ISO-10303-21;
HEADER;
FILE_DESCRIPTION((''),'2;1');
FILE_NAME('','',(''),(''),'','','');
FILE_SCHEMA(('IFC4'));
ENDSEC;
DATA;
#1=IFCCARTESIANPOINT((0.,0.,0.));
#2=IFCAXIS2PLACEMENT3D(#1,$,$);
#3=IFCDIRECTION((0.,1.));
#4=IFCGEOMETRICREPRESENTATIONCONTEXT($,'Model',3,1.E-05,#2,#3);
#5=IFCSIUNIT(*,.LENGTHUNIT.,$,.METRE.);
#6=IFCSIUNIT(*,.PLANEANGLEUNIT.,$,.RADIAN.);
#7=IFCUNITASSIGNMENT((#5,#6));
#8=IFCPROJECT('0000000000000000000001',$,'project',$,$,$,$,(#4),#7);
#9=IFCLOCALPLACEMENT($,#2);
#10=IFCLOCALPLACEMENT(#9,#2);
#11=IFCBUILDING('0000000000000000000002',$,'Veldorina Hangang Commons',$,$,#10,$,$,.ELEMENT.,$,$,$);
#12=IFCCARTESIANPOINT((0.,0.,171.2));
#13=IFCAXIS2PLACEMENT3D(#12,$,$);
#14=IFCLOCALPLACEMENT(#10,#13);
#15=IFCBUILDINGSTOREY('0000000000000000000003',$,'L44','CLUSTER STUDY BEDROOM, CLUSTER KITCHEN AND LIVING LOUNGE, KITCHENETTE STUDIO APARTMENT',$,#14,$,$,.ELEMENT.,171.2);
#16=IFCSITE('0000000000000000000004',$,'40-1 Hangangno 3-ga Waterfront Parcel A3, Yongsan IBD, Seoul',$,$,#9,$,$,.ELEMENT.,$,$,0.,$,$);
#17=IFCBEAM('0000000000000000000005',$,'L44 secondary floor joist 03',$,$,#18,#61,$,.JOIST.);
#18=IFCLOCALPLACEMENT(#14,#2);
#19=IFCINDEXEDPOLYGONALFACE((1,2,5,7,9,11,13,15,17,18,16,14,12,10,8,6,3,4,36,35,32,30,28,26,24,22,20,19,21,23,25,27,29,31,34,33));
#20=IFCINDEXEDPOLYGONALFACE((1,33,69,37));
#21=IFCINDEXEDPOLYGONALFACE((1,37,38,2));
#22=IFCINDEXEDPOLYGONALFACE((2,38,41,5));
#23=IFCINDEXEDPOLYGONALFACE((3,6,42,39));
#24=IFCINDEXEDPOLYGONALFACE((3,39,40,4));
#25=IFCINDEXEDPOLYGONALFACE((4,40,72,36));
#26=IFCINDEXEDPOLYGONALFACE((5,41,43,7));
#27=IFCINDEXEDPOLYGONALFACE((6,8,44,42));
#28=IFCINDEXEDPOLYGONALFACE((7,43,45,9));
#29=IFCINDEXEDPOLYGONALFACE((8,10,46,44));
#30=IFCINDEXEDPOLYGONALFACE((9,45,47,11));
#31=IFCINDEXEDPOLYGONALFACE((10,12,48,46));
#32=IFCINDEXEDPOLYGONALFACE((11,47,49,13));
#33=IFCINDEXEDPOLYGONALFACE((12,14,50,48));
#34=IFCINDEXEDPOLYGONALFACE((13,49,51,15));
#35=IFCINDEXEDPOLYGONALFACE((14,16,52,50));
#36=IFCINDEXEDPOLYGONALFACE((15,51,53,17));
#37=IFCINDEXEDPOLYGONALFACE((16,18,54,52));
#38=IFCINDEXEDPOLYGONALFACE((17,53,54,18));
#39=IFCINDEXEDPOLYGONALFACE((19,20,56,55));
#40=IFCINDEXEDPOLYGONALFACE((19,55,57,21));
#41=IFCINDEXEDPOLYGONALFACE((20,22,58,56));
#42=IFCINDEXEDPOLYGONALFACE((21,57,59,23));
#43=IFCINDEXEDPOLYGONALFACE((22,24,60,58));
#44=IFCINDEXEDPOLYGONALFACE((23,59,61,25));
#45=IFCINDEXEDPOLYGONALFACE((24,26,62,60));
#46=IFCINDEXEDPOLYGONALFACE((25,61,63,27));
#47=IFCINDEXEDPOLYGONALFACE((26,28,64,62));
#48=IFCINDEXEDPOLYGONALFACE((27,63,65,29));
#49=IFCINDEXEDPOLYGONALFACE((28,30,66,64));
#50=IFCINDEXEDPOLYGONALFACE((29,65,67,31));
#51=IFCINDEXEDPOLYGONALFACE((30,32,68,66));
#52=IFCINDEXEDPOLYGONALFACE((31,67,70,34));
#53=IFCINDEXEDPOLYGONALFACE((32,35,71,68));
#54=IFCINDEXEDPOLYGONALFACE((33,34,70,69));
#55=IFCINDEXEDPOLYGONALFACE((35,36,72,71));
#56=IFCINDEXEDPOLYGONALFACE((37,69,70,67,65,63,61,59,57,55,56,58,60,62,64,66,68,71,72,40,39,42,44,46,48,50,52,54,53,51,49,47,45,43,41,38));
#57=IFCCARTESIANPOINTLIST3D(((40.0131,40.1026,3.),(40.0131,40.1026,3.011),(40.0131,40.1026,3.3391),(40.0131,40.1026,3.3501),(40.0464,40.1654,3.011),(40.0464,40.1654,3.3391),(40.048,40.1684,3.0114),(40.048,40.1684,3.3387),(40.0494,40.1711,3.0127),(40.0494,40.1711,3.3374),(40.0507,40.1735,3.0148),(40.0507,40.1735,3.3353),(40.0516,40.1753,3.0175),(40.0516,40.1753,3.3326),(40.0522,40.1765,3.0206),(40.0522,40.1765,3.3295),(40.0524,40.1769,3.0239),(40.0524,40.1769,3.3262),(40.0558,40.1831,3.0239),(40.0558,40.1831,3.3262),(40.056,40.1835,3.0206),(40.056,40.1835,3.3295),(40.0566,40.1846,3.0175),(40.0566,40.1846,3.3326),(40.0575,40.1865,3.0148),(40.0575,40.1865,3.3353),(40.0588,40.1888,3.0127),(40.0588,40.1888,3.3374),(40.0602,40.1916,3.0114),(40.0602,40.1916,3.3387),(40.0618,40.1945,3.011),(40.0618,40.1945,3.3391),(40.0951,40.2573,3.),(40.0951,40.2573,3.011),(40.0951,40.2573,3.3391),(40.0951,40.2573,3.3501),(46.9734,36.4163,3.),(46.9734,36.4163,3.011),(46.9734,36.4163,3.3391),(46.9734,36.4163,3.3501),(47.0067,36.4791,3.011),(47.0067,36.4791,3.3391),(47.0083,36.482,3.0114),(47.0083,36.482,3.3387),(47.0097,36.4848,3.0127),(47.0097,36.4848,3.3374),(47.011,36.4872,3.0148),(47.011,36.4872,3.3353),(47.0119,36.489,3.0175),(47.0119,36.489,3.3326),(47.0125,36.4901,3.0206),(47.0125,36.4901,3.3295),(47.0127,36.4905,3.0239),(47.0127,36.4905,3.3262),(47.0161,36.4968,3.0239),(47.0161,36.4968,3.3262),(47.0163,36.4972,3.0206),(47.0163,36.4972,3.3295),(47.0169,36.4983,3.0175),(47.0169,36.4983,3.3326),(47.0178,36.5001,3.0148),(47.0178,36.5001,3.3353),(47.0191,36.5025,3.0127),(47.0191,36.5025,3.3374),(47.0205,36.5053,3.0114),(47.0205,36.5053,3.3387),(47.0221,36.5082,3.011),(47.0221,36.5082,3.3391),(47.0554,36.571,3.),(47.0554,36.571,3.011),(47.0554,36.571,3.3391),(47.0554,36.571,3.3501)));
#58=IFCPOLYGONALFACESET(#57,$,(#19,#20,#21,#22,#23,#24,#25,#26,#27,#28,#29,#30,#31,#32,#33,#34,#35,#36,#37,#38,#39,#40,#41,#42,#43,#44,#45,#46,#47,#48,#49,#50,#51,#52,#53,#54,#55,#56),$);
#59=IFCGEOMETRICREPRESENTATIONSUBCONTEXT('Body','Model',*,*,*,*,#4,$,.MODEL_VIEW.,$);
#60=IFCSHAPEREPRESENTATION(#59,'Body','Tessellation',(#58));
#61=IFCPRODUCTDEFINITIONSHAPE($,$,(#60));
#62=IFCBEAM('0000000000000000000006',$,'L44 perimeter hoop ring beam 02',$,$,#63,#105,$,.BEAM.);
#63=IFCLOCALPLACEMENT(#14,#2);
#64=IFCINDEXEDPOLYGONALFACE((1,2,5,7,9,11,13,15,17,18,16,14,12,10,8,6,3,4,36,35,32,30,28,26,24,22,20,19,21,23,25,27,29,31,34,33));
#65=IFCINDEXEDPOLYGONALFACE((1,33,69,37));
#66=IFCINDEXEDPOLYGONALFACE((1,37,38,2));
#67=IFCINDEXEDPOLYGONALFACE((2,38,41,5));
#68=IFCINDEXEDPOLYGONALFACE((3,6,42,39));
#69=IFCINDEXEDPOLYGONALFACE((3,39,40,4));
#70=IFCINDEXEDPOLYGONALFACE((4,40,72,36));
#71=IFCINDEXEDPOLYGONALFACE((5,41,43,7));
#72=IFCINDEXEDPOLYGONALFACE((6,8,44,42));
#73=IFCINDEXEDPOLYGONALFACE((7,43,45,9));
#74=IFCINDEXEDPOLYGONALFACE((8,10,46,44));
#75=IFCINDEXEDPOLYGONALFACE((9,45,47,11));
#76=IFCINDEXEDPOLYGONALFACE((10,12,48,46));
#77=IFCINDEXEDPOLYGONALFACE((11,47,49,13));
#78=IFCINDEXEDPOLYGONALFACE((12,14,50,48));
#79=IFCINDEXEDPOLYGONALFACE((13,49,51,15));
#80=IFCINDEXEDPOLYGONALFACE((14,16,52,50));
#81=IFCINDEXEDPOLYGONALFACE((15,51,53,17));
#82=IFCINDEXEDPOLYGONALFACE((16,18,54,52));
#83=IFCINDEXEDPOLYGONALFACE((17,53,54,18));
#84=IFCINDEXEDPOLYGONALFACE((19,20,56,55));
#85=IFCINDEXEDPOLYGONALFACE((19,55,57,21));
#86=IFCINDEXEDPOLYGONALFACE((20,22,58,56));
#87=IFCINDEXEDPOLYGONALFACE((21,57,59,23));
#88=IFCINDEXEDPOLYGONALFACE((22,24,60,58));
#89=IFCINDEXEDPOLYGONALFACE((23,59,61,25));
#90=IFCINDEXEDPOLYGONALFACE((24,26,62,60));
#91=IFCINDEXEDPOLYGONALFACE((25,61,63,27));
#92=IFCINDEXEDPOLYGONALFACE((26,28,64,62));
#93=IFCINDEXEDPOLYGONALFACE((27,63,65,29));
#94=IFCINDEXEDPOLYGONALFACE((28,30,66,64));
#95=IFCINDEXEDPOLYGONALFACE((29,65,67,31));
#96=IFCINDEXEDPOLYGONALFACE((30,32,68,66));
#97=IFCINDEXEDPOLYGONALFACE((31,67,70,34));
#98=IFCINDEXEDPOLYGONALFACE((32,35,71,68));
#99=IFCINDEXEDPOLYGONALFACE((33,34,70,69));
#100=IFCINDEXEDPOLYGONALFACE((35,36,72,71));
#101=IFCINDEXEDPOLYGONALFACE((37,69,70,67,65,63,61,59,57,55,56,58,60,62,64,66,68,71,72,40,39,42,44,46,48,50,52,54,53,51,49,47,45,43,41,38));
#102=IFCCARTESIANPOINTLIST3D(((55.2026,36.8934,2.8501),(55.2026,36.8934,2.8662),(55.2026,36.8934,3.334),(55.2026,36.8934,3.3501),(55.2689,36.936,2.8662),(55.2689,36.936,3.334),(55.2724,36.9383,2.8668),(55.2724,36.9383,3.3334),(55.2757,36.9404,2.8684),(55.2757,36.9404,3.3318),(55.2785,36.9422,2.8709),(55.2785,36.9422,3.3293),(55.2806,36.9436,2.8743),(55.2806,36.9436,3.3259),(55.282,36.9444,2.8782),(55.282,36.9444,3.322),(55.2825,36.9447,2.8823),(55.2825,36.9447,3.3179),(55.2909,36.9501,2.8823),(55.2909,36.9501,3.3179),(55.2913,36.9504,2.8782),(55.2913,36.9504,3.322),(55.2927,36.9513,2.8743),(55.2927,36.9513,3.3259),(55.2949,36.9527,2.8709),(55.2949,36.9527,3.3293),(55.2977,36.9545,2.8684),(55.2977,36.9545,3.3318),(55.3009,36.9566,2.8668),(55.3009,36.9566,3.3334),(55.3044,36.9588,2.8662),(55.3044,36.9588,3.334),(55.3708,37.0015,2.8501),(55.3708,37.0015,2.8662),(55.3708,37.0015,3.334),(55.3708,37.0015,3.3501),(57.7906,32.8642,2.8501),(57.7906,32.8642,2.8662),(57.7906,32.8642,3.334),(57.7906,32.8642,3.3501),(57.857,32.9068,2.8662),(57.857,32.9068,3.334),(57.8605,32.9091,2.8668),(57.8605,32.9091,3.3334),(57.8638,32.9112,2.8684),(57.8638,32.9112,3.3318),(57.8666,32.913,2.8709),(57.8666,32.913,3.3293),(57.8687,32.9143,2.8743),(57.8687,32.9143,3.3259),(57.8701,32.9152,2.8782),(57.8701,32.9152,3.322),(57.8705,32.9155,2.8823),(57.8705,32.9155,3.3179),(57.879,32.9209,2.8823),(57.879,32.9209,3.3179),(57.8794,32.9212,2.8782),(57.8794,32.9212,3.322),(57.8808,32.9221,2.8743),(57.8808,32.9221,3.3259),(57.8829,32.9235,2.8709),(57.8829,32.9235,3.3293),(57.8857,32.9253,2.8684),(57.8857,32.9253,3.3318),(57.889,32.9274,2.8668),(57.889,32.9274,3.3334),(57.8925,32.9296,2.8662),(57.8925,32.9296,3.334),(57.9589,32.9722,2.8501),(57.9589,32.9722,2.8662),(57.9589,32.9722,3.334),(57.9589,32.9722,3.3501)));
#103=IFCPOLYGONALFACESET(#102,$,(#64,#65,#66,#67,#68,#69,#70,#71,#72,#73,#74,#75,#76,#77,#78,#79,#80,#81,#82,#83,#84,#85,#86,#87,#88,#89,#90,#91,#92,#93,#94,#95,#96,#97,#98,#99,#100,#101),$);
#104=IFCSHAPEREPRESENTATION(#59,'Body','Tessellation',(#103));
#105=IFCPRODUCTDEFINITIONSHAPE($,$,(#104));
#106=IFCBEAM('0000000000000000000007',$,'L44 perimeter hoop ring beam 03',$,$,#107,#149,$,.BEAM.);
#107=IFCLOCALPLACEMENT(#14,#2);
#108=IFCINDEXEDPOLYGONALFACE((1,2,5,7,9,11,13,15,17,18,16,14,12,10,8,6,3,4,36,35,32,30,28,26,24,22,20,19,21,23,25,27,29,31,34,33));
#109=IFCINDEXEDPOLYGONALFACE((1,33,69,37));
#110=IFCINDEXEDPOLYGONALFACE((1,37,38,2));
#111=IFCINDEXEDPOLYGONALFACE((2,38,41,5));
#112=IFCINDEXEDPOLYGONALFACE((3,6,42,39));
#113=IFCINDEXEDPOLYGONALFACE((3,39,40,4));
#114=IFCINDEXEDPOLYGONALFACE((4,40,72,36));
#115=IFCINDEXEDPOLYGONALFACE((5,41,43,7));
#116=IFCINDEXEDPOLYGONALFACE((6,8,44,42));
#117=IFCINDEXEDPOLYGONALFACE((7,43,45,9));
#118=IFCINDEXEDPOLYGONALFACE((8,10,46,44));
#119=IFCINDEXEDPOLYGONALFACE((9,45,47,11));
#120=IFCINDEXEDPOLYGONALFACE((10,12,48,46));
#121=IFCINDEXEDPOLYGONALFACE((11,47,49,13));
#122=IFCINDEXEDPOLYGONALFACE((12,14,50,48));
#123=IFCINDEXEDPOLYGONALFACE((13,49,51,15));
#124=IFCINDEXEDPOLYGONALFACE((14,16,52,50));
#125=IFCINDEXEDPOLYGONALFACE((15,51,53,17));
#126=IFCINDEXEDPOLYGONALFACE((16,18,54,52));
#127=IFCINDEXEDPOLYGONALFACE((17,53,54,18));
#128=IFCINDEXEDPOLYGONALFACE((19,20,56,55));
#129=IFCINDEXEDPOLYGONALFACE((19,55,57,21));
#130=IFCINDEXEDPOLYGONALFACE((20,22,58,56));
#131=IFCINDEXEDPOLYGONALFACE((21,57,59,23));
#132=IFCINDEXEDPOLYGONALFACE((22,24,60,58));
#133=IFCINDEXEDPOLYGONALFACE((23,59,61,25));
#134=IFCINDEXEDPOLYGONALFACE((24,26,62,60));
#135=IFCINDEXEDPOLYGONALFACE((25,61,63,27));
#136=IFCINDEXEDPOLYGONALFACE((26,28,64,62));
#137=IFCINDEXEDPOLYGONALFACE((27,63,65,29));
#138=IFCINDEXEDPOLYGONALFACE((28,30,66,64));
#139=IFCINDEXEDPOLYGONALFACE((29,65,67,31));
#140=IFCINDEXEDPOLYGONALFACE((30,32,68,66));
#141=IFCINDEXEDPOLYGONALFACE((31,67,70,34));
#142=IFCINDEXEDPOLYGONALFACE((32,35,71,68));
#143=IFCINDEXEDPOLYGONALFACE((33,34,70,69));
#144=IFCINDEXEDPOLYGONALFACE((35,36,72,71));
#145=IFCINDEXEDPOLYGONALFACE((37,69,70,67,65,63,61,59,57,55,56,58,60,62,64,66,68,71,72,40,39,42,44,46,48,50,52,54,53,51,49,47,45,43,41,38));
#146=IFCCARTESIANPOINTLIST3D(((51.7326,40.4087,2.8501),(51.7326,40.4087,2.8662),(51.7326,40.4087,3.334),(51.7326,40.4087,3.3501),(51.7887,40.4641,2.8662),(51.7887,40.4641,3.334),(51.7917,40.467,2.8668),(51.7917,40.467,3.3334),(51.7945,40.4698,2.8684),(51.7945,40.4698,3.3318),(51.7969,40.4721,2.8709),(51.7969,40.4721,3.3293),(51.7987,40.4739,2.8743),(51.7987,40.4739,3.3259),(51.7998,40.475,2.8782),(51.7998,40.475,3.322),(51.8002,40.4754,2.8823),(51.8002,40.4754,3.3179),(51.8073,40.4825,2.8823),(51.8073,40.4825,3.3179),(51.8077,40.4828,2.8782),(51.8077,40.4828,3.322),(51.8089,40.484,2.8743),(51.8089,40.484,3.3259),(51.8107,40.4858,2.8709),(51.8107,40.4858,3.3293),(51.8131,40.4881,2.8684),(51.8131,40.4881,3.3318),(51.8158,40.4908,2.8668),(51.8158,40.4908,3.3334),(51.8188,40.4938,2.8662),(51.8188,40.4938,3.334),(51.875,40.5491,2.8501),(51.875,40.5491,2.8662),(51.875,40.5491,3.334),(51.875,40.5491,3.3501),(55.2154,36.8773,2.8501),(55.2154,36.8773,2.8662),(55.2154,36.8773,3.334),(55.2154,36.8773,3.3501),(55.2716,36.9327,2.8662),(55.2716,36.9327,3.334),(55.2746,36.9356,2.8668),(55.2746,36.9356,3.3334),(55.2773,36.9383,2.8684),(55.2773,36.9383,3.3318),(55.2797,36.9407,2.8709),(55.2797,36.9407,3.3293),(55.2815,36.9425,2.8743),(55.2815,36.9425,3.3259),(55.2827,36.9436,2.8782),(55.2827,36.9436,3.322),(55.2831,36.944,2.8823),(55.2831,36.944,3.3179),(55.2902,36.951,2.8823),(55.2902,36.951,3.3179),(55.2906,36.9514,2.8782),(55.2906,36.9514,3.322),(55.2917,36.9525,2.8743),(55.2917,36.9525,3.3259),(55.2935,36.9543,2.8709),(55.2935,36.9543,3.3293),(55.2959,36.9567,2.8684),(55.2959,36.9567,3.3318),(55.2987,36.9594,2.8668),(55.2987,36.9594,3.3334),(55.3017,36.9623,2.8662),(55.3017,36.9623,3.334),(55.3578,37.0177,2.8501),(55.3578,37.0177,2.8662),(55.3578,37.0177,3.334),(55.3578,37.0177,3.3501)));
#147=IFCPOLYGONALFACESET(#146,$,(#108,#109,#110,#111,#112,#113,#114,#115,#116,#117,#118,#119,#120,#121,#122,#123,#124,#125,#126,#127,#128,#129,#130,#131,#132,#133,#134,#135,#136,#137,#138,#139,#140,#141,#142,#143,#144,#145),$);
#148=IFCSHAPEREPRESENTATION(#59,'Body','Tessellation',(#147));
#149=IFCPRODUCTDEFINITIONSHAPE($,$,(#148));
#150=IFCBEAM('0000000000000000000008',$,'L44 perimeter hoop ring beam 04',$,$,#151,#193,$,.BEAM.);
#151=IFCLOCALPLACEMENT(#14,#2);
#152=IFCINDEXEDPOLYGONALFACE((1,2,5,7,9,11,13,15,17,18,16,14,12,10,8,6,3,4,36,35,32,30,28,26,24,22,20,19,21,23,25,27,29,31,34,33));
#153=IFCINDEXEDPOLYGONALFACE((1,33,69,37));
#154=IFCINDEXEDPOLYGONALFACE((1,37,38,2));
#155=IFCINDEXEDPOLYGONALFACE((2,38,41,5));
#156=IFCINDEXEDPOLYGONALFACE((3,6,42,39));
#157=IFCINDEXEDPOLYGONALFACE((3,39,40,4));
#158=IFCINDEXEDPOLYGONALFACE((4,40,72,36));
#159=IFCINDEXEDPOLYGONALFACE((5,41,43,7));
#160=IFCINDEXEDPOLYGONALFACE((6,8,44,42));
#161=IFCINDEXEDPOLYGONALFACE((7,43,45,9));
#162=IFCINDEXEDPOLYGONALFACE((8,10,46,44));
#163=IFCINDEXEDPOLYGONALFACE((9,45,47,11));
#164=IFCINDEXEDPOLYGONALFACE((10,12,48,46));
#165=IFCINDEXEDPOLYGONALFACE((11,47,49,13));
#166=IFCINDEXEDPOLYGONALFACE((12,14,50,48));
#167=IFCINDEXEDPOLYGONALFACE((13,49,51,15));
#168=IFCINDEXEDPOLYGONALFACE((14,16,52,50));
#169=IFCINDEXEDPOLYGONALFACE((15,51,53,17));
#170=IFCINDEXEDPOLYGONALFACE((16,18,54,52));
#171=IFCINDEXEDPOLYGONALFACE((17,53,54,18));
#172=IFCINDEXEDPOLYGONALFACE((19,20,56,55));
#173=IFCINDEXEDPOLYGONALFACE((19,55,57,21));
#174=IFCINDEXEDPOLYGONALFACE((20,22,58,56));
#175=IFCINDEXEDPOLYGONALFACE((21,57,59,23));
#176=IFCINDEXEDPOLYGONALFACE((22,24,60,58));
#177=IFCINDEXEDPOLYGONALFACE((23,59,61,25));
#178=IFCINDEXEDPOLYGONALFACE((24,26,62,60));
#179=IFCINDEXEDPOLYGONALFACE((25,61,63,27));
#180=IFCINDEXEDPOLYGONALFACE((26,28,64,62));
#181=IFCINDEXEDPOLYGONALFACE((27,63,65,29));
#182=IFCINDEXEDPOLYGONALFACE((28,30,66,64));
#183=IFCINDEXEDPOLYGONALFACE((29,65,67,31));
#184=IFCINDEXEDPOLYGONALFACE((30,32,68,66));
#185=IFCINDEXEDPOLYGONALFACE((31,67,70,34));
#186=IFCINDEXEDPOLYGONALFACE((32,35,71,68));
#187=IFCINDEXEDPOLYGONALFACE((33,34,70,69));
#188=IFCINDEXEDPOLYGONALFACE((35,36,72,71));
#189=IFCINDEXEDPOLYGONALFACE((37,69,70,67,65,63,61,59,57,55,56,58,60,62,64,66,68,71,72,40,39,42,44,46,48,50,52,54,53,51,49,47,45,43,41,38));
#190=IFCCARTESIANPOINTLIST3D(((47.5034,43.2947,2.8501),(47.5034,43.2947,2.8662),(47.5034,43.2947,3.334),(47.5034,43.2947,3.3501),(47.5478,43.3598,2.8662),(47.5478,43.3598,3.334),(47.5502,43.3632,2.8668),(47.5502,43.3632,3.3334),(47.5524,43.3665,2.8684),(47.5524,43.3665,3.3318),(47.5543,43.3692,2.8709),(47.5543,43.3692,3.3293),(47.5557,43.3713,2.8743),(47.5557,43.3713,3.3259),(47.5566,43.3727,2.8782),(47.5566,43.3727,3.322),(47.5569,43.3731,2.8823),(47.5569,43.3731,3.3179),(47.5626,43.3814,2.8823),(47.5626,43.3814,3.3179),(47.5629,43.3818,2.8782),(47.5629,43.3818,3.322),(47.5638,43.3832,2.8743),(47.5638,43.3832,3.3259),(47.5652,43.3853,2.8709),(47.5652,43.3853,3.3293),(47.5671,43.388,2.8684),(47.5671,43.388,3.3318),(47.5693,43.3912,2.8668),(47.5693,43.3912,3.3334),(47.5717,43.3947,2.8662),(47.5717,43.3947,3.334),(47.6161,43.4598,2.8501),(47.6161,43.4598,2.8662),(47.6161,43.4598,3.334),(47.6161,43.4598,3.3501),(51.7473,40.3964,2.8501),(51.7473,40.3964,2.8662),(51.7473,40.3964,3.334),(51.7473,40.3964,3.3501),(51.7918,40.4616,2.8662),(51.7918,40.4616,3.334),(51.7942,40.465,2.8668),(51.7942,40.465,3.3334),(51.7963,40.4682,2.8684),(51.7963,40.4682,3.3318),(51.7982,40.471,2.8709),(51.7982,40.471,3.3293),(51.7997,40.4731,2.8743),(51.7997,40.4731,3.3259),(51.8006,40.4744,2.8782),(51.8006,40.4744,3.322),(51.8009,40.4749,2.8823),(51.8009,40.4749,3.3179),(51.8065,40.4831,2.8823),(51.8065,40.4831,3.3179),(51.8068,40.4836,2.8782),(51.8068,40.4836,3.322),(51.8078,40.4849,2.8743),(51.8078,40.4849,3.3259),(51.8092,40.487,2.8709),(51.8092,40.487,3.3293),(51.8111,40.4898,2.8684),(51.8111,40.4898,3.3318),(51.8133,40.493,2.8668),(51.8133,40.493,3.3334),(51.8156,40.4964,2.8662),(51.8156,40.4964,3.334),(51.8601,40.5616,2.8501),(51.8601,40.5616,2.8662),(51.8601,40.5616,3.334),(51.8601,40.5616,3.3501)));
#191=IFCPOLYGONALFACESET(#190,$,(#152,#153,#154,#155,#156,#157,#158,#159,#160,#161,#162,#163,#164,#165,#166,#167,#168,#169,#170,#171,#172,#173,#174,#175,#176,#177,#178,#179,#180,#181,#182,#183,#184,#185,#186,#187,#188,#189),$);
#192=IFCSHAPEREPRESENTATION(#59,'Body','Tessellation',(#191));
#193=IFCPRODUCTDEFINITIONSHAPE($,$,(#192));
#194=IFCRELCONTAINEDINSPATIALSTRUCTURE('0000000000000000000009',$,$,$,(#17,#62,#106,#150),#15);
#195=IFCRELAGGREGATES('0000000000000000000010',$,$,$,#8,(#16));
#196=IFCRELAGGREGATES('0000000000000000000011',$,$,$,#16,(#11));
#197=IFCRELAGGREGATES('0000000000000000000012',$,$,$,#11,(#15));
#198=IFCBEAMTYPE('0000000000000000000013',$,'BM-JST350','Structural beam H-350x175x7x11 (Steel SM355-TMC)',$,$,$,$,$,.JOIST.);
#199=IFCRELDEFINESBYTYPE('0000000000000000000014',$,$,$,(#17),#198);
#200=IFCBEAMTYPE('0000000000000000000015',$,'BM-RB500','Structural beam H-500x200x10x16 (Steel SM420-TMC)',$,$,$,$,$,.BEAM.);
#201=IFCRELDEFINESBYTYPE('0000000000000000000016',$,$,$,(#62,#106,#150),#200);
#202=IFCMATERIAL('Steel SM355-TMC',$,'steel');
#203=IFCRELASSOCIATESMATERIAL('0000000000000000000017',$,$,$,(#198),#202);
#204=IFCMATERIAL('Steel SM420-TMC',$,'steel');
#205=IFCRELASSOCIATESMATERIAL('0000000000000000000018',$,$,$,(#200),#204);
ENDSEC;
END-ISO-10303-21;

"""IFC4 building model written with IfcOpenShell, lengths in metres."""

from ifc_helpers import new_model, si_unit, direction, frame, origin, origin_2d, place, context, subcontext, project, spatial, i_section, extrude, material, material_profile, profile_set, type_object, element, save


model = new_model("IFC4")

# Units and contexts
model_context = context("Model", 3, precision=1e-05, world=origin(), true_north=direction((0.0, 1.0)))
body_context = subcontext(model_context, "Body", "Model", "MODEL_VIEW")
ifc_project = project(units=[si_unit("LENGTHUNIT", "METRE"), si_unit("PLANEANGLEUNIT", "RADIAN")], contexts=[model_context])

# Site, building, storey
site_placement = place(None, origin())
site = spatial("IfcSite", under=ifc_project, at=site_placement, Name="40-1 Hangangno 3-ga Waterfront Parcel A3, Yongsan IBD, Seoul", CompositionType="ELEMENT", RefElevation=0.0)
building_placement = place(site_placement, origin())
building = spatial("IfcBuilding", under=site, at=building_placement, Name="Veldorina Hangang Commons", CompositionType="ELEMENT")
storey_placement = place(building_placement, frame((0.0, 0.0, 171.2)))
storey = spatial("IfcBuildingStorey", under=building, at=storey_placement, Name="L44", Description="CLUSTER STUDY BEDROOM, CLUSTER KITCHEN AND LIVING LOUNGE, KITCHENETTE STUDIO APARTMENT", CompositionType="ELEMENT", Elevation=171.2)

# Beams
ifc_material_1 = material(Name="Steel SM355-TMC", Category="steel")
ifc_material_profile_1 = material_profile(ifc_material_1, i_section(OverallWidth=0.175, OverallDepth=0.3501, WebThickness=0.0071, FlangeThickness=0.011, FilletRadius=0.0129, at=origin_2d()), Name="H-350x175x7x11")
ifc_profile_set_1 = profile_set([ifc_material_profile_1], Name="Steel SM355-TMC")
beam_type_1 = type_object("IfcBeamType", Name="BM-JST350", Description="Structural beam H-350x175x7x11 (Steel SM355-TMC)", PredefinedType="JOIST", material=ifc_profile_set_1)
beam_1_placement = place(storey_placement, frame((47.0144, 36.4937, 3.175), z_axis=(-0.883711, 0.468033, 0.0), x_axis=(-0.468033, -0.883711, 0.0)))
element("IfcBeam", 1, at=beam_1_placement, inside=storey, type_object=beam_type_1, Name="L44 secondary floor joist 03", PredefinedType="JOIST", context=body_context, shape_type="SweptSolid", body=[
    extrude(i_section(OverallWidth=0.175, OverallDepth=0.3501, WebThickness=0.0071, FlangeThickness=0.011, FilletRadius=0.0129, at=origin_2d()), origin(), (0.0, 0.0, 1.0), 7.8762),
])
ifc_material_2 = material(Name="Steel SM420-TMC", Category="steel")
ifc_material_profile_2 = material_profile(ifc_material_2, i_section(OverallWidth=0.2, OverallDepth=0.5, WebThickness=0.01, FlangeThickness=0.0161, FilletRadius=0.0161, at=origin_2d()), Name="H-500x200x10x16")
ifc_profile_set_2 = profile_set([ifc_material_profile_2], Name="Steel SM420-TMC")
beam_type_2 = type_object("IfcBeamType", Name="BM-RB500", Description="Structural beam H-500x200x10x16 (Steel SM420-TMC)", PredefinedType="BEAM", material=ifc_profile_set_2)
beam_2_placement = place(storey_placement, frame((57.8748, 32.9182, 3.1001), z_axis=(-0.540443, 0.84138, 0.0), x_axis=(-0.84138, -0.540443, 0.0)))
element("IfcBeam", 2, at=beam_2_placement, inside=storey, type_object=beam_type_2, Name="L44 perimeter hoop ring beam 02", PredefinedType="BEAM", context=body_context, shape_type="SweptSolid", body=[
    extrude(i_section(OverallWidth=0.2, OverallDepth=0.5, WebThickness=0.01, FlangeThickness=0.0161, FilletRadius=0.0161, at=origin_2d()), origin(), (0.0, 0.0, 1.0), 4.7888),
])
beam_3_placement = place(storey_placement, frame((55.2866, 36.9475, 3.1001), z_axis=(-0.702192, 0.711987, 0.0), x_axis=(-0.711987, -0.702192, 0.0)))
element("IfcBeam", 3, at=beam_3_placement, inside=storey, type_object=beam_type_2, Name="L44 perimeter hoop ring beam 03", PredefinedType="BEAM", context=body_context, shape_type="SweptSolid", body=[
    extrude(i_section(OverallWidth=0.2, OverallDepth=0.5, WebThickness=0.01, FlangeThickness=0.0161, FilletRadius=0.0161, at=origin_2d()), origin(), (0.0, 0.0, 1.0), 4.96),
])
beam_4_placement = place(storey_placement, frame((51.8037, 40.479, 3.1001), z_axis=(-0.825808, 0.563951, 0.0), x_axis=(-0.563951, -0.825808, 0.0)))
element("IfcBeam", 4, at=beam_4_placement, inside=storey, type_object=beam_type_2, Name="L44 perimeter hoop ring beam 04", PredefinedType="BEAM", context=body_context, shape_type="SweptSolid", body=[
    extrude(i_section(OverallWidth=0.2, OverallDepth=0.5, WebThickness=0.01, FlangeThickness=0.0161, FilletRadius=0.0161, at=origin_2d()), origin(), (0.0, 0.0, 1.0), 5.1392),
])

save(model, "model.ifc")
